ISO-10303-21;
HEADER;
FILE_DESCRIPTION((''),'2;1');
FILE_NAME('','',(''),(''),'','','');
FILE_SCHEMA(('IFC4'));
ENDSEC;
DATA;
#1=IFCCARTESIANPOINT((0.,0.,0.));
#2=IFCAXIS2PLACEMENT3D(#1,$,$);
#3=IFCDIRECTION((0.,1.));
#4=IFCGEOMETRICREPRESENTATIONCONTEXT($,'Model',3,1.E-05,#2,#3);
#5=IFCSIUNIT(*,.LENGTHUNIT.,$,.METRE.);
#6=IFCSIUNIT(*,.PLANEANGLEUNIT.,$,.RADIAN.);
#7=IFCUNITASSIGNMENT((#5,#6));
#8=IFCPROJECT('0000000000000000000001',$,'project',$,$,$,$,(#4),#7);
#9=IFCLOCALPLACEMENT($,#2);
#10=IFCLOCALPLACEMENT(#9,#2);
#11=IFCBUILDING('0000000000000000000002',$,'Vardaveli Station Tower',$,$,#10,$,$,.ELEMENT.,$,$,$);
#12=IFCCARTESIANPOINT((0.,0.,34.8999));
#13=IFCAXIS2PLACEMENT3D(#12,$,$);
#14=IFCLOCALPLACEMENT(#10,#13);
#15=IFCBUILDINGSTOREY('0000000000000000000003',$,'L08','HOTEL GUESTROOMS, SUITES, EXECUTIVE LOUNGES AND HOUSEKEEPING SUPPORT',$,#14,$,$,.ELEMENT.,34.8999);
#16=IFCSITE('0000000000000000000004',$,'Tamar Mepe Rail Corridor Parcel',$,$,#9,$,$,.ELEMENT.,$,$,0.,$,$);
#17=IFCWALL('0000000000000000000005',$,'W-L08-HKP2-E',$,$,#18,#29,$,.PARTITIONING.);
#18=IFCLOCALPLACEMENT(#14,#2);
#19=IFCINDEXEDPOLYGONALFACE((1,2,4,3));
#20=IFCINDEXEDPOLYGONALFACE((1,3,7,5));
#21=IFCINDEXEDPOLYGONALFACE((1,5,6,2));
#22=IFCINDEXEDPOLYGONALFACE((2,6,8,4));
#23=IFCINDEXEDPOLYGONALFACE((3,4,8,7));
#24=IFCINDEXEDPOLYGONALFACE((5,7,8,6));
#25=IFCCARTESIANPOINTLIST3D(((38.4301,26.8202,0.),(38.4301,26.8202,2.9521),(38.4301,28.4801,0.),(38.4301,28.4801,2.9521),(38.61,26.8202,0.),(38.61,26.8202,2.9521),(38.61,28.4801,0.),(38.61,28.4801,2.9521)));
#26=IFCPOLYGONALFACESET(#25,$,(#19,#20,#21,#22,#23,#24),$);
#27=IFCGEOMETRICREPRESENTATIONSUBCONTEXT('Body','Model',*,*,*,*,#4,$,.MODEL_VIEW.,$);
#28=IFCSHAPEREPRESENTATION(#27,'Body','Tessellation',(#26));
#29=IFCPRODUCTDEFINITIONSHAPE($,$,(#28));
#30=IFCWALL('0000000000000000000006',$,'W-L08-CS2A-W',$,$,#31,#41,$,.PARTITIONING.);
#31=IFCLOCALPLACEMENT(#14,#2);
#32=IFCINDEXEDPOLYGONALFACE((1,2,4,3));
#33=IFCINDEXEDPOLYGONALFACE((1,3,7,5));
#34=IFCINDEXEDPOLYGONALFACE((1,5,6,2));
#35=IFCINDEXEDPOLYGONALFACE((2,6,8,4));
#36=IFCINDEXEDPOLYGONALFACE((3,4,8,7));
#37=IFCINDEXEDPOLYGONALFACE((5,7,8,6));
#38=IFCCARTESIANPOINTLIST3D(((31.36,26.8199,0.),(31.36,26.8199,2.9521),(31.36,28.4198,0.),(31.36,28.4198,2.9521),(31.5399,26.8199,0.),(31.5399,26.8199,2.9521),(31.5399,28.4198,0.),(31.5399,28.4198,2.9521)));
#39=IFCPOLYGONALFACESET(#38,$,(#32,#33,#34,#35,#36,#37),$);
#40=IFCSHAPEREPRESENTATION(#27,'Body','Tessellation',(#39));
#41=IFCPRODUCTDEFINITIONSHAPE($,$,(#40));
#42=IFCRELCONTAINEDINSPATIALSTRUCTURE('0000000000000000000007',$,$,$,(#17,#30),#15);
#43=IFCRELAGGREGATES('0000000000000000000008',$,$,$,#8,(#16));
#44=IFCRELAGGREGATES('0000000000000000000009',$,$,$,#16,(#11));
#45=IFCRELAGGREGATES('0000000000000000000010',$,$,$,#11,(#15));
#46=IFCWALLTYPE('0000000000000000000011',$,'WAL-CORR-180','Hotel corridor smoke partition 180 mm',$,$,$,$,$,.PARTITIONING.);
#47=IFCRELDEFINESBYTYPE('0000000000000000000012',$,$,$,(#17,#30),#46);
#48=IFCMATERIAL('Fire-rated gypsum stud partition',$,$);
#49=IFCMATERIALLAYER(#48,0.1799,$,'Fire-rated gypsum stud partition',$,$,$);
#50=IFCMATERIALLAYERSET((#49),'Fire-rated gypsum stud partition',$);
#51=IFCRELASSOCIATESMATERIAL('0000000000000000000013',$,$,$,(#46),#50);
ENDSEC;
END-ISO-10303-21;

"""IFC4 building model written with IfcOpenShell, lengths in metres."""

from ifc_helpers import new_model, si_unit, direction, frame, frame_2d, origin, place, context, subcontext, project, spatial, rectangle, extrude, source, transform, mapped, material, layer, layer_set, type_object, element, save


model = new_model("IFC4")

# Units and contexts
model_context = context("Model", 3, precision=1e-05, world=origin(), true_north=direction((0.0, 1.0)))
body_context = subcontext(model_context, "Body", "Model", "MODEL_VIEW")
ifc_project = project(units=[si_unit("LENGTHUNIT", "METRE"), si_unit("PLANEANGLEUNIT", "RADIAN")], contexts=[model_context])

# Site, building, storey
site_placement = place(None, origin())
site = spatial("IfcSite", under=ifc_project, at=site_placement, Name="Tamar Mepe Rail Corridor Parcel", CompositionType="ELEMENT", RefElevation=0.0)
building_placement = place(site_placement, origin())
building = spatial("IfcBuilding", under=site, at=building_placement, Name="Vardaveli Station Tower", CompositionType="ELEMENT")
storey_placement = place(building_placement, frame((0.0, 0.0, 34.8999)))
storey = spatial("IfcBuildingStorey", under=building, at=storey_placement, Name="L08", Description="HOTEL GUESTROOMS, SUITES, EXECUTIVE LOUNGES AND HOUSEKEEPING SUPPORT", CompositionType="ELEMENT", Elevation=34.8999)

# Walls
ifc_material_1 = material(Name="Fire-rated gypsum stud partition")
ifc_layer_1 = layer(ifc_material_1, 0.1799, Name="Fire-rated gypsum stud partition")
ifc_layer_set_1 = layer_set([ifc_layer_1], Name="Fire-rated gypsum stud partition")
wall_type_1 = type_object("IfcWallType", Name="WAL-CORR-180", Description="Hotel corridor smoke partition 180 mm", PredefinedType="PARTITIONING", material=ifc_layer_set_1)
shared_shape_1 = source(origin(), body_context, "Body", "SweptSolid", [
    extrude(rectangle(XDim=1.6599, YDim=0.1799, at=frame_2d((0.8301, 0.0))), origin(), (0.0, 0.0, 1.0), 2.9521),
])
for number, where, z_axis, x_axis, name in (
    (1, (38.52, 26.8201, 0.0), (0.0, 0.0, 1.0), (0.0, 1.0, 0.0), "W-L08-HKP2-E"),
):
    element("IfcWall", number, at=place(storey_placement, frame(where, z_axis=z_axis, x_axis=x_axis)), inside=storey, type_object=wall_type_1, Name=name, PredefinedType="PARTITIONING", context=body_context, shape_type="MappedRepresentation", body=[
        mapped(shared_shape_1, transform((0.0, 0.0, 0.0), scale=1.0)),
    ])
shared_shape_2 = source(origin(), body_context, "Body", "SweptSolid", [
    extrude(rectangle(XDim=1.5999, YDim=0.1799, at=frame_2d((0.7998, 0.0))), origin(), (0.0, 0.0, 1.0), 2.9521),
])
wall_1_placement = place(storey_placement, frame((31.45, 26.8201, 0.0), z_axis=(0.0, 0.0, 1.0), x_axis=(0.0, 1.0, 0.0)))
element("IfcWall", 2, at=wall_1_placement, inside=storey, type_object=wall_type_1, Name="W-L08-CS2A-W", PredefinedType="PARTITIONING", context=body_context, shape_type="MappedRepresentation", body=[
    mapped(shared_shape_2, transform((0.0, 0.0, 0.0), scale=1.0)),
])

save(model, "model.ifc")
